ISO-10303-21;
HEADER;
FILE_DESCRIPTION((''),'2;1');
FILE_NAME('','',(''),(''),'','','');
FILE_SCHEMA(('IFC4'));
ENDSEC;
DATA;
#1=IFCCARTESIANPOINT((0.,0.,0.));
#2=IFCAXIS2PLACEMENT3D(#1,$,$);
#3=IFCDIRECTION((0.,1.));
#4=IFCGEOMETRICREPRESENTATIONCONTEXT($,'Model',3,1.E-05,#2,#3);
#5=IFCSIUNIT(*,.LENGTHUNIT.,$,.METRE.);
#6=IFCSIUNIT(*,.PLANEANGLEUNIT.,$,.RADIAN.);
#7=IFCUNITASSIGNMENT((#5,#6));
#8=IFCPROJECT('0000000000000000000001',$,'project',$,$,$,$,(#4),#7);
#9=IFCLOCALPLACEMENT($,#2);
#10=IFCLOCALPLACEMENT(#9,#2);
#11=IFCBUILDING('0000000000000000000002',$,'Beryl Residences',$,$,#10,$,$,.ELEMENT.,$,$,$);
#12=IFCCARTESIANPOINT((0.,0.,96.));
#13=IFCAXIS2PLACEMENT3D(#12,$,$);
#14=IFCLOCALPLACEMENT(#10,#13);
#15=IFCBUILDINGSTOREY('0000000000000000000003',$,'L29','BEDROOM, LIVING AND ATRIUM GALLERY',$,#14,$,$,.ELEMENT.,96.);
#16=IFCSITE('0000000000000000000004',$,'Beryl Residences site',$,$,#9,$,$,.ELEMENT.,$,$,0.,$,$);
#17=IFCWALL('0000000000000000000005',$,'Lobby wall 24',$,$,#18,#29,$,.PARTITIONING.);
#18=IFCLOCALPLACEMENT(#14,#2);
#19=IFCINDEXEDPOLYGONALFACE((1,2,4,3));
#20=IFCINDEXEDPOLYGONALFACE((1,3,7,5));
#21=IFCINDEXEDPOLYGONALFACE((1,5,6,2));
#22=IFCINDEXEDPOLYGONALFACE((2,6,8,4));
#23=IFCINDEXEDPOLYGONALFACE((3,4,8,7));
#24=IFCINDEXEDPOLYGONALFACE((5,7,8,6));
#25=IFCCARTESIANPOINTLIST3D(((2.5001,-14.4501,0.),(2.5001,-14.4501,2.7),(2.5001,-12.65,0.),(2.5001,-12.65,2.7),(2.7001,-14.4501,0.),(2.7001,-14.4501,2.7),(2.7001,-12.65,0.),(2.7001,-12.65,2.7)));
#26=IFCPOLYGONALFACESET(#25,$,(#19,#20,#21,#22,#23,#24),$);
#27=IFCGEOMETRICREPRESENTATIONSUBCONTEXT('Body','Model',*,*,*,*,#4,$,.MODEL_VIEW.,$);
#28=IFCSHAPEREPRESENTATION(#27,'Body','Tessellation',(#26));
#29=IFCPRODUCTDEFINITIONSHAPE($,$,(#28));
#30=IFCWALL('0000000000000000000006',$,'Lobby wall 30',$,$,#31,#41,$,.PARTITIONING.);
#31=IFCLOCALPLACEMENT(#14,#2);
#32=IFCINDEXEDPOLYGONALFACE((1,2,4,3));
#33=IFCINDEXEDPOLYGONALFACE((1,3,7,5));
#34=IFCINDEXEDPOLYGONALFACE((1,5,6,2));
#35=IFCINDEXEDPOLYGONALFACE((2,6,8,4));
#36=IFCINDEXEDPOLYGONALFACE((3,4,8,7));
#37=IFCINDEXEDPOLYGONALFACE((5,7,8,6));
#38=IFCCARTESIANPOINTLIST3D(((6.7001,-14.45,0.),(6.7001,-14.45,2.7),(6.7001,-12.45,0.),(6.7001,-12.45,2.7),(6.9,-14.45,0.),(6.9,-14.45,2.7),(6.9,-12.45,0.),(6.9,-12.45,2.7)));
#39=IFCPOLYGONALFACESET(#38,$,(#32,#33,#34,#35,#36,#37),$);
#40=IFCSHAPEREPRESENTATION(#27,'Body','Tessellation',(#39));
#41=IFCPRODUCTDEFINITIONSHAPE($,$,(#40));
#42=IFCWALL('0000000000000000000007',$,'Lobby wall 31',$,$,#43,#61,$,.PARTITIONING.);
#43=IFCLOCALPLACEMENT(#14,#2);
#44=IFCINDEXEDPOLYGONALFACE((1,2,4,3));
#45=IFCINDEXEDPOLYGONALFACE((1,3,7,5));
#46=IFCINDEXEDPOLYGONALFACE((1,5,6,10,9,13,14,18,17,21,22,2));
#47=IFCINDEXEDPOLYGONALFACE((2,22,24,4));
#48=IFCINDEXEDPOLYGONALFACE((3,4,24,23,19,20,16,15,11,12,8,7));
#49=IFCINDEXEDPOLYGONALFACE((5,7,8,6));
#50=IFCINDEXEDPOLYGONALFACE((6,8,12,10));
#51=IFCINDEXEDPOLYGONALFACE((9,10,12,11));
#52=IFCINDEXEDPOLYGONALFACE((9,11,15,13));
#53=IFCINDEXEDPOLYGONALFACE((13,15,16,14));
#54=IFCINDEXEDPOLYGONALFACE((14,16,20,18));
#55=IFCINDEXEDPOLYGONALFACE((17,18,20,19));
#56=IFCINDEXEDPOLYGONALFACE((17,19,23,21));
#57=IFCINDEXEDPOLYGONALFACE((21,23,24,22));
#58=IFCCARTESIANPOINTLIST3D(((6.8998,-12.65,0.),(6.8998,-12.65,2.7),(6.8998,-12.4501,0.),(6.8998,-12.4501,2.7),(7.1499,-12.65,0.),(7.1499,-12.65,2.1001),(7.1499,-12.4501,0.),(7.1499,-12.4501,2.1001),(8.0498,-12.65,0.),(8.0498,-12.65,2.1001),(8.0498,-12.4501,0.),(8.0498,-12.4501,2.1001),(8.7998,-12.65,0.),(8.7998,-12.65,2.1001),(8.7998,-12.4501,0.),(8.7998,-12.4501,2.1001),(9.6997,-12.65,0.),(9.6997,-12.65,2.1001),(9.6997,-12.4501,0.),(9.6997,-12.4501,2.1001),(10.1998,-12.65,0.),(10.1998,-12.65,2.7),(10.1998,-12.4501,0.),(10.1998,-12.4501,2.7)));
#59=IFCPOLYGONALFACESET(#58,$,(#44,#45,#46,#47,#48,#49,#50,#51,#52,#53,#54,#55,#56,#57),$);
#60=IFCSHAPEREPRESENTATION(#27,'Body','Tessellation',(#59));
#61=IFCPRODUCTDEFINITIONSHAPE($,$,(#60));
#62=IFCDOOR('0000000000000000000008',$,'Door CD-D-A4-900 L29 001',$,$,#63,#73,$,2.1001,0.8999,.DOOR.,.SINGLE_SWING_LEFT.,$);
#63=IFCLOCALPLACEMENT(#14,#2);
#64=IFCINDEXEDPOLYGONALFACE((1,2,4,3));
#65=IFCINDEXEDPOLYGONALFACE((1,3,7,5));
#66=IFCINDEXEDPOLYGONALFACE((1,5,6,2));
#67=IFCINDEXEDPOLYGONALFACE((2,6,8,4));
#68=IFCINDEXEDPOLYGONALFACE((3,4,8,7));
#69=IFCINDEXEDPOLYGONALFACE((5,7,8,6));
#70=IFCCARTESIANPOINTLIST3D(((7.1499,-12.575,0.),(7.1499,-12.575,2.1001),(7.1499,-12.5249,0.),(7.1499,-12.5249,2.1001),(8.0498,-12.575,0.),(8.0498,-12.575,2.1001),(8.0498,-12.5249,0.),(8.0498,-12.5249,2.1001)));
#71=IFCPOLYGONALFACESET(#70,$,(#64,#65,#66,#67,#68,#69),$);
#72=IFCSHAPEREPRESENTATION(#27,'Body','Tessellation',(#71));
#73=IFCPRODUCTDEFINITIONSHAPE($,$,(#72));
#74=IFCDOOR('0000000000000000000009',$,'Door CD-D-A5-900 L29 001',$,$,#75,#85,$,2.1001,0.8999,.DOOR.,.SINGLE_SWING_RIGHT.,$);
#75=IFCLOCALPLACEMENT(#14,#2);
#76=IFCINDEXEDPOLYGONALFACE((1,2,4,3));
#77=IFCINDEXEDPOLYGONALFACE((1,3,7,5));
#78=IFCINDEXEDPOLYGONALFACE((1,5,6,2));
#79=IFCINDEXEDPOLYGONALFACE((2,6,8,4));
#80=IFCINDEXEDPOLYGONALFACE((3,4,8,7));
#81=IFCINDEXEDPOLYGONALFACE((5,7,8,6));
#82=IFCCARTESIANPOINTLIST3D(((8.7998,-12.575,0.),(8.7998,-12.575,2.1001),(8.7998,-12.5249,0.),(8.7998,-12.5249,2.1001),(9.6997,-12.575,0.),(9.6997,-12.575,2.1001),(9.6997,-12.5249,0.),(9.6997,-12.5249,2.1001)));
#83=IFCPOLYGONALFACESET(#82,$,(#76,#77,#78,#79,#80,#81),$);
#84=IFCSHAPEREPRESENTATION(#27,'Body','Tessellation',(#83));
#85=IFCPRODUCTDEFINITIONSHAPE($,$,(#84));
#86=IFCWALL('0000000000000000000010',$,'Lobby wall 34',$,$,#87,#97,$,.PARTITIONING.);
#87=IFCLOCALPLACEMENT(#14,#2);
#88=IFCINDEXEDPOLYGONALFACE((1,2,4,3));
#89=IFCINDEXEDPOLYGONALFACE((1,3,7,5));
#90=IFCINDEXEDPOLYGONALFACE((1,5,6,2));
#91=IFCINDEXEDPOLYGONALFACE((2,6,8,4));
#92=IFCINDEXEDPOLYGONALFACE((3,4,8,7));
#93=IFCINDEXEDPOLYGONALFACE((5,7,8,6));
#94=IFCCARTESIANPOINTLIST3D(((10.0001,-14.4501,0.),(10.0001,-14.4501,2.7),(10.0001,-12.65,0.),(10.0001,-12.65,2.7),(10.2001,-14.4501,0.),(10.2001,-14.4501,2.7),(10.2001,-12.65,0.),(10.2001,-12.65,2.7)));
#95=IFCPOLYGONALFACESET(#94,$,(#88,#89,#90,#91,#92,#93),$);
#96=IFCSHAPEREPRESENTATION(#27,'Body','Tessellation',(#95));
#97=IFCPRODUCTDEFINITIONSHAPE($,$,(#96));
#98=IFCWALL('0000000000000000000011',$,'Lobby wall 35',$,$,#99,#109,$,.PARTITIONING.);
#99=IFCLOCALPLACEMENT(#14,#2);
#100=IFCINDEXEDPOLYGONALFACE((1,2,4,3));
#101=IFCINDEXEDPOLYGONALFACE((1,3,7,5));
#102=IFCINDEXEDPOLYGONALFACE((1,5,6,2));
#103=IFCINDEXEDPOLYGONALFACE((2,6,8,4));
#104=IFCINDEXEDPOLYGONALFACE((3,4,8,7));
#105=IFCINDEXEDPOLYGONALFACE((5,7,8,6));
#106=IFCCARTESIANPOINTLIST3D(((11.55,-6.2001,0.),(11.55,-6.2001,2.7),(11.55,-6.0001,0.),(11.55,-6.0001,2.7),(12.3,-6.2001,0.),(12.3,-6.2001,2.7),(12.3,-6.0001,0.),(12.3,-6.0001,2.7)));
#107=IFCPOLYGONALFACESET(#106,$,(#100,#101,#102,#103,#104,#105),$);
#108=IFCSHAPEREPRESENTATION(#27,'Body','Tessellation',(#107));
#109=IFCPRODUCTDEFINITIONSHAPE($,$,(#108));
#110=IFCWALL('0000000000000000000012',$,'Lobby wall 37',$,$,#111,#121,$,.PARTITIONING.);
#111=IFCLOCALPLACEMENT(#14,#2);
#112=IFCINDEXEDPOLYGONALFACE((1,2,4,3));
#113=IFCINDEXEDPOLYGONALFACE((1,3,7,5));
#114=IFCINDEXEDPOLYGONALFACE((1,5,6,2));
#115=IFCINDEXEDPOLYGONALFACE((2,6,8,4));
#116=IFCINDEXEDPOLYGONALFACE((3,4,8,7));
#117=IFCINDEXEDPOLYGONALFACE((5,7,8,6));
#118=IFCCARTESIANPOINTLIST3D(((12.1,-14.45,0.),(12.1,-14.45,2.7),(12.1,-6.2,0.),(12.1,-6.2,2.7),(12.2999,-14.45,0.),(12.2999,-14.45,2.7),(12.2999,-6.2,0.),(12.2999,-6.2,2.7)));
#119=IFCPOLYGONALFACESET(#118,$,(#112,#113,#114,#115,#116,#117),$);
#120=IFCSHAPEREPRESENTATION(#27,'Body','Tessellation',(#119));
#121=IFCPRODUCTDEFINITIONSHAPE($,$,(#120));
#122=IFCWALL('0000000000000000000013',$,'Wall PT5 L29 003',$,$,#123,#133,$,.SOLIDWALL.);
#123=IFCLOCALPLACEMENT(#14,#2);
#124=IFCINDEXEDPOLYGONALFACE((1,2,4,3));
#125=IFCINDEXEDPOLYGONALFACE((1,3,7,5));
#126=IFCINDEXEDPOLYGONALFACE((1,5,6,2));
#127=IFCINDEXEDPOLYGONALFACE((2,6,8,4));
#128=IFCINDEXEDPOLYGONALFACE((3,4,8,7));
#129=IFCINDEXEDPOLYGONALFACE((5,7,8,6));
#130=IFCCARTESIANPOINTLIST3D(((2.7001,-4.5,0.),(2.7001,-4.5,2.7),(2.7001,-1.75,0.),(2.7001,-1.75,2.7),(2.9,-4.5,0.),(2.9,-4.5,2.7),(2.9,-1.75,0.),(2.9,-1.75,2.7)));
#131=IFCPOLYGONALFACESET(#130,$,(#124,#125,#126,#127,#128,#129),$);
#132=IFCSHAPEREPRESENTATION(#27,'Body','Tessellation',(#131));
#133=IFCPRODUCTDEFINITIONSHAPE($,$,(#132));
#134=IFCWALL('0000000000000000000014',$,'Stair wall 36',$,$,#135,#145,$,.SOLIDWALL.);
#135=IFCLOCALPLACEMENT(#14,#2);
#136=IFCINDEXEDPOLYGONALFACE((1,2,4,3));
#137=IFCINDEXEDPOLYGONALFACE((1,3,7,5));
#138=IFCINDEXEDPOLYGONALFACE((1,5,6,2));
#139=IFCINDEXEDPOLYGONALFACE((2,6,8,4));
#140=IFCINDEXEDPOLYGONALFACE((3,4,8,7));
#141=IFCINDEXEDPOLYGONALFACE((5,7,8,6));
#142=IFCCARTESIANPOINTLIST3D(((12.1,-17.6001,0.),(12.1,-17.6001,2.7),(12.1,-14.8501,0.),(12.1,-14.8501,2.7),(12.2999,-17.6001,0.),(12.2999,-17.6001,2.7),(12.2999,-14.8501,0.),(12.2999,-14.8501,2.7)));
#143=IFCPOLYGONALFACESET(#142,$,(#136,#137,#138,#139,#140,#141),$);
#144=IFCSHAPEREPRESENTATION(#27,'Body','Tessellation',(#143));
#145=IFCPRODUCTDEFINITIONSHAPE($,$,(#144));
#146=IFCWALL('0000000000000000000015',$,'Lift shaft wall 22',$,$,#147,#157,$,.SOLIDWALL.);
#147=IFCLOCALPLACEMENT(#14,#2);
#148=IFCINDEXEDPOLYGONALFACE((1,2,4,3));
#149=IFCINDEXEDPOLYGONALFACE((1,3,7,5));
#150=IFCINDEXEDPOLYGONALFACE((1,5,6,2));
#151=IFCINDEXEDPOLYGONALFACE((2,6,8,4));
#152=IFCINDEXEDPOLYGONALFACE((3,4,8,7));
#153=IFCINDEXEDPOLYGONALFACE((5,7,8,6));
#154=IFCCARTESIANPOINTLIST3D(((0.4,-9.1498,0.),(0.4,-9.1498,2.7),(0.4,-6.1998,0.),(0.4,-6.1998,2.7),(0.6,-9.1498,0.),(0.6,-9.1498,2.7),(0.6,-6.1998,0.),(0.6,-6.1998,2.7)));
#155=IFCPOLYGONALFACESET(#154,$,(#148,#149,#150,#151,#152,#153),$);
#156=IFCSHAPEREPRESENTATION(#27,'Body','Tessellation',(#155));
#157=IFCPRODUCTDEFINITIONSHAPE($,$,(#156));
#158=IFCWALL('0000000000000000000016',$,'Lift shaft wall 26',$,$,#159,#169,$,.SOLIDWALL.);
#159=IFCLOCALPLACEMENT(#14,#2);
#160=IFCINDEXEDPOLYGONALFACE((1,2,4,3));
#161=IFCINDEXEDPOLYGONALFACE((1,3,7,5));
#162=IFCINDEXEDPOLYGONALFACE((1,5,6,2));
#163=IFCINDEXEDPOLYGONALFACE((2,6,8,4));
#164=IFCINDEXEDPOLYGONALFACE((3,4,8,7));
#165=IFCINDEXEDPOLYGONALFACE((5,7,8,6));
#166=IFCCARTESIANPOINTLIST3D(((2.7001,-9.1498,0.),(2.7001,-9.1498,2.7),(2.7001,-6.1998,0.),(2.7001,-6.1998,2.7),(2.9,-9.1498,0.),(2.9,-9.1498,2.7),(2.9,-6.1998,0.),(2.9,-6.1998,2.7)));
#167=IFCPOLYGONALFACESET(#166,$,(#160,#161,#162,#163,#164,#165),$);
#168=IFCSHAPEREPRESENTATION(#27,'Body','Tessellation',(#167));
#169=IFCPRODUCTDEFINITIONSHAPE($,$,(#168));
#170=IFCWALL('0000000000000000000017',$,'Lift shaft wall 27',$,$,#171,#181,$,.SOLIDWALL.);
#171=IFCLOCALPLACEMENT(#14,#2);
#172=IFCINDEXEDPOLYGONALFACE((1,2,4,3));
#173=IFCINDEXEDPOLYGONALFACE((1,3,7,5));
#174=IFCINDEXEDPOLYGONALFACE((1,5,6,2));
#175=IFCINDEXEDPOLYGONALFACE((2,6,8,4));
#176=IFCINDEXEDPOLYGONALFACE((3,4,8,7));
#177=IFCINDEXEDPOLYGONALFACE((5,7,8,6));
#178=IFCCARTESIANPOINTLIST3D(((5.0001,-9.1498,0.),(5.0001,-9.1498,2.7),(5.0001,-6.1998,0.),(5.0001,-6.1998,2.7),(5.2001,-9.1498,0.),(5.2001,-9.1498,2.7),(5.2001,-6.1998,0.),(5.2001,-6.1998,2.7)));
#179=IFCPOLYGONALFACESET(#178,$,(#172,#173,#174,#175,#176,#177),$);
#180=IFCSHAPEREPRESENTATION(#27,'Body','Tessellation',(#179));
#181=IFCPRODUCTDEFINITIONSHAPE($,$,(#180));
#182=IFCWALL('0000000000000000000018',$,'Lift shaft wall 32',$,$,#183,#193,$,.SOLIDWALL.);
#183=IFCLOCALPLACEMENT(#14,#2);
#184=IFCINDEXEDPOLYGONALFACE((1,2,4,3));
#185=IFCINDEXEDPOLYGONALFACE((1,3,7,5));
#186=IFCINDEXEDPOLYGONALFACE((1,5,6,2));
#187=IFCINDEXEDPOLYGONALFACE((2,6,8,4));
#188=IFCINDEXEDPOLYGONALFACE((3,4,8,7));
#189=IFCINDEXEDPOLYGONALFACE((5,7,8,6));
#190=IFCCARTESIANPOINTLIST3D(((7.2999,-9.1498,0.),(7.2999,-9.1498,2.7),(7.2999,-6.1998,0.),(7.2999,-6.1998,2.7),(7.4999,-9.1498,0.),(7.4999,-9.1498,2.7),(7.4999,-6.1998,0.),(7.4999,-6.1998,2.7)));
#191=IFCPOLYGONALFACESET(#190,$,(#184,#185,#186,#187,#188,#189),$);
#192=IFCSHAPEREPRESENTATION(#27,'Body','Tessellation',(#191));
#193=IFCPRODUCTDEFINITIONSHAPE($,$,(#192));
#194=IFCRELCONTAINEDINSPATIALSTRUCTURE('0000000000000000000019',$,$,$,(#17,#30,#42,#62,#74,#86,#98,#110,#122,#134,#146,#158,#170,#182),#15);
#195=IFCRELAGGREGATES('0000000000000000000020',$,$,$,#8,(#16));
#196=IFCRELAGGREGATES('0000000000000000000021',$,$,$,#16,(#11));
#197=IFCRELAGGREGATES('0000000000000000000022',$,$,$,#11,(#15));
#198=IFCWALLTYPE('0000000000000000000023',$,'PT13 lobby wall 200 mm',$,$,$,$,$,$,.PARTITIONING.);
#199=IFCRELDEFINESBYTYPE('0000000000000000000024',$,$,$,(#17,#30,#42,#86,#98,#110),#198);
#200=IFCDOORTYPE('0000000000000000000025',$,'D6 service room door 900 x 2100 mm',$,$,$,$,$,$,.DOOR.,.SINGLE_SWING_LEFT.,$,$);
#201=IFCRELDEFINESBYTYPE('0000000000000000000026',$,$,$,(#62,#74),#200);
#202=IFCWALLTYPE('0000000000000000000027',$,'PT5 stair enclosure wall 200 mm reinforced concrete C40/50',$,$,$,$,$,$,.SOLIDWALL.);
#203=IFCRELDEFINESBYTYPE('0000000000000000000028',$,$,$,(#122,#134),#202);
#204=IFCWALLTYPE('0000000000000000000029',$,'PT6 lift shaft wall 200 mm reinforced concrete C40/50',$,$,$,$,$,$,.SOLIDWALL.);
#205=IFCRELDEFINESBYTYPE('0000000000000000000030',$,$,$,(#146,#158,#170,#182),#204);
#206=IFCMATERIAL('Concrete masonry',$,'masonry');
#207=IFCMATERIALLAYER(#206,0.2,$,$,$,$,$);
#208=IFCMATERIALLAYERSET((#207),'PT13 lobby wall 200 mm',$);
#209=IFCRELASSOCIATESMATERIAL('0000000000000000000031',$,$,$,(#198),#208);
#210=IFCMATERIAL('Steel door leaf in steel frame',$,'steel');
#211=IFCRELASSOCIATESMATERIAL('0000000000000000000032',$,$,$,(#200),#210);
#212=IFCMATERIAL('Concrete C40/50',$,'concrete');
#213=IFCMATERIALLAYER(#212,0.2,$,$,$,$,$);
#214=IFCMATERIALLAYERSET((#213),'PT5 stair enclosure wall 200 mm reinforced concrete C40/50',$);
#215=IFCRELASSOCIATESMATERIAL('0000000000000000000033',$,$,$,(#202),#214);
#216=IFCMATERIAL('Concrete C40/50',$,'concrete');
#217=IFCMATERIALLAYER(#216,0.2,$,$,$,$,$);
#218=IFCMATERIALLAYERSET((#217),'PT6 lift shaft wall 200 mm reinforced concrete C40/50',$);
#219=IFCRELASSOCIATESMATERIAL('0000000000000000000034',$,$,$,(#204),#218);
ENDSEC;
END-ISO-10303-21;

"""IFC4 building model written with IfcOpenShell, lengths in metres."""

from ifc_helpers import new_model, si_unit, direction, frame, frame_2d, origin, place, context, subcontext, project, spatial, rectangle, extrude, material, layer, layer_set, type_object, element, fill, save


model = new_model("IFC4")

# Units and contexts
model_context = context("Model", 3, precision=1e-05, world=origin(), true_north=direction((0.0, 1.0)))
body_context = subcontext(model_context, "Body", "Model", "MODEL_VIEW")
ifc_project = project(units=[si_unit("LENGTHUNIT", "METRE"), si_unit("PLANEANGLEUNIT", "RADIAN")], contexts=[model_context])

# Site, building, storey
site_placement = place(None, origin())
site = spatial("IfcSite", under=ifc_project, at=site_placement, Name="Beryl Residences site", CompositionType="ELEMENT", RefElevation=0.0)
building_placement = place(site_placement, origin())
building = spatial("IfcBuilding", under=site, at=building_placement, Name="Beryl Residences", CompositionType="ELEMENT")
storey_placement = place(building_placement, frame((0.0, 0.0, 96.0)))
storey = spatial("IfcBuildingStorey", under=building, at=storey_placement, Name="L29", Description="BEDROOM, LIVING AND ATRIUM GALLERY", CompositionType="ELEMENT", Elevation=96.0)

# Walls
ifc_material_1 = material(Name="Concrete masonry", Category="masonry")
ifc_layer_1 = layer(ifc_material_1, 0.2)
ifc_layer_set_1 = layer_set([ifc_layer_1], Name="PT13 lobby wall 200 mm")
wall_type_1 = type_object("IfcWallType", Name="PT13 lobby wall 200 mm", PredefinedType="PARTITIONING", material=ifc_layer_set_1)
wall_1_placement = place(storey_placement, frame((2.6001, -14.45, 0.0), z_axis=(0.0, 0.0, 1.0), x_axis=(0.0, 1.0, 0.0)))
element("IfcWall", 1, at=wall_1_placement, inside=storey, type_object=wall_type_1, Name="Lobby wall 24", PredefinedType="PARTITIONING", context=body_context, shape_type="SweptSolid", body=[
    extrude(rectangle(XDim=1.8, YDim=0.2, at=frame_2d((0.8999, 0.0))), origin(), (0.0, 0.0, 1.0), 2.7),
])
wall_2_placement = place(storey_placement, frame((6.8, -14.45, 0.0), z_axis=(0.0, 0.0, 1.0), x_axis=(0.0, 1.0, 0.0)))
element("IfcWall", 2, at=wall_2_placement, inside=storey, type_object=wall_type_1, Name="Lobby wall 30", PredefinedType="PARTITIONING", context=body_context, shape_type="SweptSolid", body=[
    extrude(rectangle(XDim=2.0, YDim=0.2, at=frame_2d((1.0, 0.0))), origin(), (0.0, 0.0, 1.0), 2.7),
])

# Wall, openings, doors
wall_3_placement = place(storey_placement, frame((6.8999, -12.55, 0.0), z_axis=(0.0, 0.0, 1.0), x_axis=(1.0, 0.0, 0.0)))
wall_3 = element("IfcWall", 3, at=wall_3_placement, inside=storey, type_object=wall_type_1, Name="Lobby wall 31", PredefinedType="PARTITIONING", context=body_context, shape_type="SweptSolid", body=[
    extrude(rectangle(XDim=3.3, YDim=0.2, at=frame_2d((1.6499, 0.0))), origin(), (0.0, 0.0, 1.0), 2.7),
])
opening_1_placement = place(wall_3_placement, frame((1.1499, 0.0, 0.0), z_axis=(0.0, 0.0, 1.0), x_axis=(-1.0, 0.0, 0.0)))
opening_1 = element("IfcOpeningElement", 4, at=opening_1_placement, cuts=wall_3, PredefinedType="OPENING", context=body_context, shape_type="SweptSolid", body=[
    extrude(rectangle(XDim=0.8999, YDim=2.1001, at=frame_2d((0.45, 1.05))), frame((0.0, 0.1099, 0.0), z_axis=(0.0, -1.0, 0.0), x_axis=(1.0, 0.0, 0.0)), (0.0, 0.0, 1.0), 0.22),
])
opening_2_placement = place(wall_3_placement, frame((2.7998, 0.0, 0.0), z_axis=(0.0, 0.0, 1.0), x_axis=(-1.0, 0.0, 0.0)))
opening_2 = element("IfcOpeningElement", 5, at=opening_2_placement, cuts=wall_3, PredefinedType="OPENING", context=body_context, shape_type="SweptSolid", body=[
    extrude(rectangle(XDim=0.8999, YDim=2.1001, at=frame_2d((0.45, 1.05))), frame((0.0, 0.1099, 0.0), z_axis=(0.0, -1.0, 0.0), x_axis=(1.0, 0.0, 0.0)), (0.0, 0.0, 1.0), 0.22),
])
ifc_material_2 = material(Name="Steel door leaf in steel frame", Category="steel")
door_type = type_object("IfcDoorType", Name="D6 service room door 900 x 2100 mm", OperationType="SINGLE_SWING_LEFT", PredefinedType="DOOR", material=ifc_material_2)
door_1_placement = place(opening_1_placement, origin())
door_1 = element("IfcDoor", 6, at=door_1_placement, inside=storey, type_object=door_type, Name="Door CD-D-A4-900 L29 001", OperationType="SINGLE_SWING_LEFT", OverallHeight=2.1001, OverallWidth=0.8999, PredefinedType="DOOR", context=body_context, shape_type="SweptSolid", body=[
    extrude(rectangle(XDim=0.8999, YDim=2.1001, at=frame_2d((0.45, 1.05))), frame((0.0, 0.0249, 0.0), z_axis=(0.0, -1.0, 0.0), x_axis=(1.0, 0.0, 0.0)), (0.0, 0.0, 1.0), 0.05),
])
fill(opening_1, door_1)
door_2_placement = place(opening_2_placement, origin())
door_2 = element("IfcDoor", 7, at=door_2_placement, inside=storey, type_object=door_type, Name="Door CD-D-A5-900 L29 001", OperationType="SINGLE_SWING_RIGHT", OverallHeight=2.1001, OverallWidth=0.8999, PredefinedType="DOOR", context=body_context, shape_type="SweptSolid", body=[
    extrude(rectangle(XDim=0.8999, YDim=2.1001, at=frame_2d((0.45, 1.05))), frame((0.0, 0.0249, 0.0), z_axis=(0.0, -1.0, 0.0), x_axis=(1.0, 0.0, 0.0)), (0.0, 0.0, 1.0), 0.05),
])
fill(opening_2, door_2)

# Walls
wall_4_placement = place(storey_placement, frame((10.1001, -14.45, 0.0), z_axis=(0.0, 0.0, 1.0), x_axis=(0.0, 1.0, 0.0)))
element("IfcWall", 8, at=wall_4_placement, inside=storey, type_object=wall_type_1, Name="Lobby wall 34", PredefinedType="PARTITIONING", context=body_context, shape_type="SweptSolid", body=[
    extrude(rectangle(XDim=1.8, YDim=0.2, at=frame_2d((0.8999, 0.0))), origin(), (0.0, 0.0, 1.0), 2.7),
])
wall_5_placement = place(storey_placement, frame((11.55, -6.1001, 0.0), z_axis=(0.0, 0.0, 1.0), x_axis=(1.0, 0.0, 0.0)))
element("IfcWall", 9, at=wall_5_placement, inside=storey, type_object=wall_type_1, Name="Lobby wall 35", PredefinedType="PARTITIONING", context=body_context, shape_type="SweptSolid", body=[
    extrude(rectangle(XDim=0.75, YDim=0.2, at=frame_2d((0.375, 0.0))), origin(), (0.0, 0.0, 1.0), 2.7),
])
wall_6_placement = place(storey_placement, frame((12.2, -14.45, 0.0), z_axis=(0.0, 0.0, 1.0), x_axis=(0.0, 1.0, 0.0)))
element("IfcWall", 10, at=wall_6_placement, inside=storey, type_object=wall_type_1, Name="Lobby wall 37", PredefinedType="PARTITIONING", context=body_context, shape_type="SweptSolid", body=[
    extrude(rectangle(XDim=8.25, YDim=0.2, at=frame_2d((4.125, 0.0))), origin(), (0.0, 0.0, 1.0), 2.7),
])
ifc_material_3 = material(Name="Concrete C40/50", Category="concrete")
ifc_layer_2 = layer(ifc_material_3, 0.2)
ifc_layer_set_2 = layer_set([ifc_layer_2], Name="PT5 stair enclosure wall 200 mm reinforced concrete C40/50")
wall_type_2 = type_object("IfcWallType", Name="PT5 stair enclosure wall 200 mm reinforced concrete C40/50", PredefinedType="SOLIDWALL", material=ifc_layer_set_2)
for number, where, z_axis, x_axis, name in (
    (11, (2.8, -4.5, 0.0), (0.0, 0.0, 1.0), (0.0, 1.0, 0.0), "Wall PT5 L29 003"),
    (12, (12.2, -17.6001, 0.0), (0.0, 0.0, 1.0), (0.0, 1.0, 0.0), "Stair wall 36"),
):
    element("IfcWall", number, at=place(storey_placement, frame(where, z_axis=z_axis, x_axis=x_axis)), inside=storey, type_object=wall_type_2, Name=name, PredefinedType="SOLIDWALL", context=body_context, shape_type="SweptSolid", body=[
        extrude(rectangle(XDim=2.75, YDim=0.2, at=frame_2d((1.375, 0.0))), origin(), (0.0, 0.0, 1.0), 2.7),
    ])
ifc_material_4 = material(Name="Concrete C40/50", Category="concrete")
ifc_layer_3 = layer(ifc_material_4, 0.2)
ifc_layer_set_3 = layer_set([ifc_layer_3], Name="PT6 lift shaft wall 200 mm reinforced concrete C40/50")
wall_type_3 = type_object("IfcWallType", Name="PT6 lift shaft wall 200 mm reinforced concrete C40/50", PredefinedType="SOLIDWALL", material=ifc_layer_set_3)
for number, where, z_axis, x_axis, name in (
    (13, (0.5, -9.1499, 0.0), (0.0, 0.0, 1.0), (0.0, 1.0, 0.0), "Lift shaft wall 22"),
    (14, (2.8, -9.1499, 0.0), (0.0, 0.0, 1.0), (0.0, 1.0, 0.0), "Lift shaft wall 26"),
    (15, (5.1001, -9.1499, 0.0), (0.0, 0.0, 1.0), (0.0, 1.0, 0.0), "Lift shaft wall 27"),
    (16, (7.3999, -9.1499, 0.0), (0.0, 0.0, 1.0), (0.0, 1.0, 0.0), "Lift shaft wall 32"),
):
    element("IfcWall", number, at=place(storey_placement, frame(where, z_axis=z_axis, x_axis=x_axis)), inside=storey, type_object=wall_type_3, Name=name, PredefinedType="SOLIDWALL", context=body_context, shape_type="SweptSolid", body=[
        extrude(rectangle(XDim=2.95, YDim=0.2, at=frame_2d((1.4751, 0.0))), origin(), (0.0, 0.0, 1.0), 2.7),
    ])

save(model, "model.ifc")
